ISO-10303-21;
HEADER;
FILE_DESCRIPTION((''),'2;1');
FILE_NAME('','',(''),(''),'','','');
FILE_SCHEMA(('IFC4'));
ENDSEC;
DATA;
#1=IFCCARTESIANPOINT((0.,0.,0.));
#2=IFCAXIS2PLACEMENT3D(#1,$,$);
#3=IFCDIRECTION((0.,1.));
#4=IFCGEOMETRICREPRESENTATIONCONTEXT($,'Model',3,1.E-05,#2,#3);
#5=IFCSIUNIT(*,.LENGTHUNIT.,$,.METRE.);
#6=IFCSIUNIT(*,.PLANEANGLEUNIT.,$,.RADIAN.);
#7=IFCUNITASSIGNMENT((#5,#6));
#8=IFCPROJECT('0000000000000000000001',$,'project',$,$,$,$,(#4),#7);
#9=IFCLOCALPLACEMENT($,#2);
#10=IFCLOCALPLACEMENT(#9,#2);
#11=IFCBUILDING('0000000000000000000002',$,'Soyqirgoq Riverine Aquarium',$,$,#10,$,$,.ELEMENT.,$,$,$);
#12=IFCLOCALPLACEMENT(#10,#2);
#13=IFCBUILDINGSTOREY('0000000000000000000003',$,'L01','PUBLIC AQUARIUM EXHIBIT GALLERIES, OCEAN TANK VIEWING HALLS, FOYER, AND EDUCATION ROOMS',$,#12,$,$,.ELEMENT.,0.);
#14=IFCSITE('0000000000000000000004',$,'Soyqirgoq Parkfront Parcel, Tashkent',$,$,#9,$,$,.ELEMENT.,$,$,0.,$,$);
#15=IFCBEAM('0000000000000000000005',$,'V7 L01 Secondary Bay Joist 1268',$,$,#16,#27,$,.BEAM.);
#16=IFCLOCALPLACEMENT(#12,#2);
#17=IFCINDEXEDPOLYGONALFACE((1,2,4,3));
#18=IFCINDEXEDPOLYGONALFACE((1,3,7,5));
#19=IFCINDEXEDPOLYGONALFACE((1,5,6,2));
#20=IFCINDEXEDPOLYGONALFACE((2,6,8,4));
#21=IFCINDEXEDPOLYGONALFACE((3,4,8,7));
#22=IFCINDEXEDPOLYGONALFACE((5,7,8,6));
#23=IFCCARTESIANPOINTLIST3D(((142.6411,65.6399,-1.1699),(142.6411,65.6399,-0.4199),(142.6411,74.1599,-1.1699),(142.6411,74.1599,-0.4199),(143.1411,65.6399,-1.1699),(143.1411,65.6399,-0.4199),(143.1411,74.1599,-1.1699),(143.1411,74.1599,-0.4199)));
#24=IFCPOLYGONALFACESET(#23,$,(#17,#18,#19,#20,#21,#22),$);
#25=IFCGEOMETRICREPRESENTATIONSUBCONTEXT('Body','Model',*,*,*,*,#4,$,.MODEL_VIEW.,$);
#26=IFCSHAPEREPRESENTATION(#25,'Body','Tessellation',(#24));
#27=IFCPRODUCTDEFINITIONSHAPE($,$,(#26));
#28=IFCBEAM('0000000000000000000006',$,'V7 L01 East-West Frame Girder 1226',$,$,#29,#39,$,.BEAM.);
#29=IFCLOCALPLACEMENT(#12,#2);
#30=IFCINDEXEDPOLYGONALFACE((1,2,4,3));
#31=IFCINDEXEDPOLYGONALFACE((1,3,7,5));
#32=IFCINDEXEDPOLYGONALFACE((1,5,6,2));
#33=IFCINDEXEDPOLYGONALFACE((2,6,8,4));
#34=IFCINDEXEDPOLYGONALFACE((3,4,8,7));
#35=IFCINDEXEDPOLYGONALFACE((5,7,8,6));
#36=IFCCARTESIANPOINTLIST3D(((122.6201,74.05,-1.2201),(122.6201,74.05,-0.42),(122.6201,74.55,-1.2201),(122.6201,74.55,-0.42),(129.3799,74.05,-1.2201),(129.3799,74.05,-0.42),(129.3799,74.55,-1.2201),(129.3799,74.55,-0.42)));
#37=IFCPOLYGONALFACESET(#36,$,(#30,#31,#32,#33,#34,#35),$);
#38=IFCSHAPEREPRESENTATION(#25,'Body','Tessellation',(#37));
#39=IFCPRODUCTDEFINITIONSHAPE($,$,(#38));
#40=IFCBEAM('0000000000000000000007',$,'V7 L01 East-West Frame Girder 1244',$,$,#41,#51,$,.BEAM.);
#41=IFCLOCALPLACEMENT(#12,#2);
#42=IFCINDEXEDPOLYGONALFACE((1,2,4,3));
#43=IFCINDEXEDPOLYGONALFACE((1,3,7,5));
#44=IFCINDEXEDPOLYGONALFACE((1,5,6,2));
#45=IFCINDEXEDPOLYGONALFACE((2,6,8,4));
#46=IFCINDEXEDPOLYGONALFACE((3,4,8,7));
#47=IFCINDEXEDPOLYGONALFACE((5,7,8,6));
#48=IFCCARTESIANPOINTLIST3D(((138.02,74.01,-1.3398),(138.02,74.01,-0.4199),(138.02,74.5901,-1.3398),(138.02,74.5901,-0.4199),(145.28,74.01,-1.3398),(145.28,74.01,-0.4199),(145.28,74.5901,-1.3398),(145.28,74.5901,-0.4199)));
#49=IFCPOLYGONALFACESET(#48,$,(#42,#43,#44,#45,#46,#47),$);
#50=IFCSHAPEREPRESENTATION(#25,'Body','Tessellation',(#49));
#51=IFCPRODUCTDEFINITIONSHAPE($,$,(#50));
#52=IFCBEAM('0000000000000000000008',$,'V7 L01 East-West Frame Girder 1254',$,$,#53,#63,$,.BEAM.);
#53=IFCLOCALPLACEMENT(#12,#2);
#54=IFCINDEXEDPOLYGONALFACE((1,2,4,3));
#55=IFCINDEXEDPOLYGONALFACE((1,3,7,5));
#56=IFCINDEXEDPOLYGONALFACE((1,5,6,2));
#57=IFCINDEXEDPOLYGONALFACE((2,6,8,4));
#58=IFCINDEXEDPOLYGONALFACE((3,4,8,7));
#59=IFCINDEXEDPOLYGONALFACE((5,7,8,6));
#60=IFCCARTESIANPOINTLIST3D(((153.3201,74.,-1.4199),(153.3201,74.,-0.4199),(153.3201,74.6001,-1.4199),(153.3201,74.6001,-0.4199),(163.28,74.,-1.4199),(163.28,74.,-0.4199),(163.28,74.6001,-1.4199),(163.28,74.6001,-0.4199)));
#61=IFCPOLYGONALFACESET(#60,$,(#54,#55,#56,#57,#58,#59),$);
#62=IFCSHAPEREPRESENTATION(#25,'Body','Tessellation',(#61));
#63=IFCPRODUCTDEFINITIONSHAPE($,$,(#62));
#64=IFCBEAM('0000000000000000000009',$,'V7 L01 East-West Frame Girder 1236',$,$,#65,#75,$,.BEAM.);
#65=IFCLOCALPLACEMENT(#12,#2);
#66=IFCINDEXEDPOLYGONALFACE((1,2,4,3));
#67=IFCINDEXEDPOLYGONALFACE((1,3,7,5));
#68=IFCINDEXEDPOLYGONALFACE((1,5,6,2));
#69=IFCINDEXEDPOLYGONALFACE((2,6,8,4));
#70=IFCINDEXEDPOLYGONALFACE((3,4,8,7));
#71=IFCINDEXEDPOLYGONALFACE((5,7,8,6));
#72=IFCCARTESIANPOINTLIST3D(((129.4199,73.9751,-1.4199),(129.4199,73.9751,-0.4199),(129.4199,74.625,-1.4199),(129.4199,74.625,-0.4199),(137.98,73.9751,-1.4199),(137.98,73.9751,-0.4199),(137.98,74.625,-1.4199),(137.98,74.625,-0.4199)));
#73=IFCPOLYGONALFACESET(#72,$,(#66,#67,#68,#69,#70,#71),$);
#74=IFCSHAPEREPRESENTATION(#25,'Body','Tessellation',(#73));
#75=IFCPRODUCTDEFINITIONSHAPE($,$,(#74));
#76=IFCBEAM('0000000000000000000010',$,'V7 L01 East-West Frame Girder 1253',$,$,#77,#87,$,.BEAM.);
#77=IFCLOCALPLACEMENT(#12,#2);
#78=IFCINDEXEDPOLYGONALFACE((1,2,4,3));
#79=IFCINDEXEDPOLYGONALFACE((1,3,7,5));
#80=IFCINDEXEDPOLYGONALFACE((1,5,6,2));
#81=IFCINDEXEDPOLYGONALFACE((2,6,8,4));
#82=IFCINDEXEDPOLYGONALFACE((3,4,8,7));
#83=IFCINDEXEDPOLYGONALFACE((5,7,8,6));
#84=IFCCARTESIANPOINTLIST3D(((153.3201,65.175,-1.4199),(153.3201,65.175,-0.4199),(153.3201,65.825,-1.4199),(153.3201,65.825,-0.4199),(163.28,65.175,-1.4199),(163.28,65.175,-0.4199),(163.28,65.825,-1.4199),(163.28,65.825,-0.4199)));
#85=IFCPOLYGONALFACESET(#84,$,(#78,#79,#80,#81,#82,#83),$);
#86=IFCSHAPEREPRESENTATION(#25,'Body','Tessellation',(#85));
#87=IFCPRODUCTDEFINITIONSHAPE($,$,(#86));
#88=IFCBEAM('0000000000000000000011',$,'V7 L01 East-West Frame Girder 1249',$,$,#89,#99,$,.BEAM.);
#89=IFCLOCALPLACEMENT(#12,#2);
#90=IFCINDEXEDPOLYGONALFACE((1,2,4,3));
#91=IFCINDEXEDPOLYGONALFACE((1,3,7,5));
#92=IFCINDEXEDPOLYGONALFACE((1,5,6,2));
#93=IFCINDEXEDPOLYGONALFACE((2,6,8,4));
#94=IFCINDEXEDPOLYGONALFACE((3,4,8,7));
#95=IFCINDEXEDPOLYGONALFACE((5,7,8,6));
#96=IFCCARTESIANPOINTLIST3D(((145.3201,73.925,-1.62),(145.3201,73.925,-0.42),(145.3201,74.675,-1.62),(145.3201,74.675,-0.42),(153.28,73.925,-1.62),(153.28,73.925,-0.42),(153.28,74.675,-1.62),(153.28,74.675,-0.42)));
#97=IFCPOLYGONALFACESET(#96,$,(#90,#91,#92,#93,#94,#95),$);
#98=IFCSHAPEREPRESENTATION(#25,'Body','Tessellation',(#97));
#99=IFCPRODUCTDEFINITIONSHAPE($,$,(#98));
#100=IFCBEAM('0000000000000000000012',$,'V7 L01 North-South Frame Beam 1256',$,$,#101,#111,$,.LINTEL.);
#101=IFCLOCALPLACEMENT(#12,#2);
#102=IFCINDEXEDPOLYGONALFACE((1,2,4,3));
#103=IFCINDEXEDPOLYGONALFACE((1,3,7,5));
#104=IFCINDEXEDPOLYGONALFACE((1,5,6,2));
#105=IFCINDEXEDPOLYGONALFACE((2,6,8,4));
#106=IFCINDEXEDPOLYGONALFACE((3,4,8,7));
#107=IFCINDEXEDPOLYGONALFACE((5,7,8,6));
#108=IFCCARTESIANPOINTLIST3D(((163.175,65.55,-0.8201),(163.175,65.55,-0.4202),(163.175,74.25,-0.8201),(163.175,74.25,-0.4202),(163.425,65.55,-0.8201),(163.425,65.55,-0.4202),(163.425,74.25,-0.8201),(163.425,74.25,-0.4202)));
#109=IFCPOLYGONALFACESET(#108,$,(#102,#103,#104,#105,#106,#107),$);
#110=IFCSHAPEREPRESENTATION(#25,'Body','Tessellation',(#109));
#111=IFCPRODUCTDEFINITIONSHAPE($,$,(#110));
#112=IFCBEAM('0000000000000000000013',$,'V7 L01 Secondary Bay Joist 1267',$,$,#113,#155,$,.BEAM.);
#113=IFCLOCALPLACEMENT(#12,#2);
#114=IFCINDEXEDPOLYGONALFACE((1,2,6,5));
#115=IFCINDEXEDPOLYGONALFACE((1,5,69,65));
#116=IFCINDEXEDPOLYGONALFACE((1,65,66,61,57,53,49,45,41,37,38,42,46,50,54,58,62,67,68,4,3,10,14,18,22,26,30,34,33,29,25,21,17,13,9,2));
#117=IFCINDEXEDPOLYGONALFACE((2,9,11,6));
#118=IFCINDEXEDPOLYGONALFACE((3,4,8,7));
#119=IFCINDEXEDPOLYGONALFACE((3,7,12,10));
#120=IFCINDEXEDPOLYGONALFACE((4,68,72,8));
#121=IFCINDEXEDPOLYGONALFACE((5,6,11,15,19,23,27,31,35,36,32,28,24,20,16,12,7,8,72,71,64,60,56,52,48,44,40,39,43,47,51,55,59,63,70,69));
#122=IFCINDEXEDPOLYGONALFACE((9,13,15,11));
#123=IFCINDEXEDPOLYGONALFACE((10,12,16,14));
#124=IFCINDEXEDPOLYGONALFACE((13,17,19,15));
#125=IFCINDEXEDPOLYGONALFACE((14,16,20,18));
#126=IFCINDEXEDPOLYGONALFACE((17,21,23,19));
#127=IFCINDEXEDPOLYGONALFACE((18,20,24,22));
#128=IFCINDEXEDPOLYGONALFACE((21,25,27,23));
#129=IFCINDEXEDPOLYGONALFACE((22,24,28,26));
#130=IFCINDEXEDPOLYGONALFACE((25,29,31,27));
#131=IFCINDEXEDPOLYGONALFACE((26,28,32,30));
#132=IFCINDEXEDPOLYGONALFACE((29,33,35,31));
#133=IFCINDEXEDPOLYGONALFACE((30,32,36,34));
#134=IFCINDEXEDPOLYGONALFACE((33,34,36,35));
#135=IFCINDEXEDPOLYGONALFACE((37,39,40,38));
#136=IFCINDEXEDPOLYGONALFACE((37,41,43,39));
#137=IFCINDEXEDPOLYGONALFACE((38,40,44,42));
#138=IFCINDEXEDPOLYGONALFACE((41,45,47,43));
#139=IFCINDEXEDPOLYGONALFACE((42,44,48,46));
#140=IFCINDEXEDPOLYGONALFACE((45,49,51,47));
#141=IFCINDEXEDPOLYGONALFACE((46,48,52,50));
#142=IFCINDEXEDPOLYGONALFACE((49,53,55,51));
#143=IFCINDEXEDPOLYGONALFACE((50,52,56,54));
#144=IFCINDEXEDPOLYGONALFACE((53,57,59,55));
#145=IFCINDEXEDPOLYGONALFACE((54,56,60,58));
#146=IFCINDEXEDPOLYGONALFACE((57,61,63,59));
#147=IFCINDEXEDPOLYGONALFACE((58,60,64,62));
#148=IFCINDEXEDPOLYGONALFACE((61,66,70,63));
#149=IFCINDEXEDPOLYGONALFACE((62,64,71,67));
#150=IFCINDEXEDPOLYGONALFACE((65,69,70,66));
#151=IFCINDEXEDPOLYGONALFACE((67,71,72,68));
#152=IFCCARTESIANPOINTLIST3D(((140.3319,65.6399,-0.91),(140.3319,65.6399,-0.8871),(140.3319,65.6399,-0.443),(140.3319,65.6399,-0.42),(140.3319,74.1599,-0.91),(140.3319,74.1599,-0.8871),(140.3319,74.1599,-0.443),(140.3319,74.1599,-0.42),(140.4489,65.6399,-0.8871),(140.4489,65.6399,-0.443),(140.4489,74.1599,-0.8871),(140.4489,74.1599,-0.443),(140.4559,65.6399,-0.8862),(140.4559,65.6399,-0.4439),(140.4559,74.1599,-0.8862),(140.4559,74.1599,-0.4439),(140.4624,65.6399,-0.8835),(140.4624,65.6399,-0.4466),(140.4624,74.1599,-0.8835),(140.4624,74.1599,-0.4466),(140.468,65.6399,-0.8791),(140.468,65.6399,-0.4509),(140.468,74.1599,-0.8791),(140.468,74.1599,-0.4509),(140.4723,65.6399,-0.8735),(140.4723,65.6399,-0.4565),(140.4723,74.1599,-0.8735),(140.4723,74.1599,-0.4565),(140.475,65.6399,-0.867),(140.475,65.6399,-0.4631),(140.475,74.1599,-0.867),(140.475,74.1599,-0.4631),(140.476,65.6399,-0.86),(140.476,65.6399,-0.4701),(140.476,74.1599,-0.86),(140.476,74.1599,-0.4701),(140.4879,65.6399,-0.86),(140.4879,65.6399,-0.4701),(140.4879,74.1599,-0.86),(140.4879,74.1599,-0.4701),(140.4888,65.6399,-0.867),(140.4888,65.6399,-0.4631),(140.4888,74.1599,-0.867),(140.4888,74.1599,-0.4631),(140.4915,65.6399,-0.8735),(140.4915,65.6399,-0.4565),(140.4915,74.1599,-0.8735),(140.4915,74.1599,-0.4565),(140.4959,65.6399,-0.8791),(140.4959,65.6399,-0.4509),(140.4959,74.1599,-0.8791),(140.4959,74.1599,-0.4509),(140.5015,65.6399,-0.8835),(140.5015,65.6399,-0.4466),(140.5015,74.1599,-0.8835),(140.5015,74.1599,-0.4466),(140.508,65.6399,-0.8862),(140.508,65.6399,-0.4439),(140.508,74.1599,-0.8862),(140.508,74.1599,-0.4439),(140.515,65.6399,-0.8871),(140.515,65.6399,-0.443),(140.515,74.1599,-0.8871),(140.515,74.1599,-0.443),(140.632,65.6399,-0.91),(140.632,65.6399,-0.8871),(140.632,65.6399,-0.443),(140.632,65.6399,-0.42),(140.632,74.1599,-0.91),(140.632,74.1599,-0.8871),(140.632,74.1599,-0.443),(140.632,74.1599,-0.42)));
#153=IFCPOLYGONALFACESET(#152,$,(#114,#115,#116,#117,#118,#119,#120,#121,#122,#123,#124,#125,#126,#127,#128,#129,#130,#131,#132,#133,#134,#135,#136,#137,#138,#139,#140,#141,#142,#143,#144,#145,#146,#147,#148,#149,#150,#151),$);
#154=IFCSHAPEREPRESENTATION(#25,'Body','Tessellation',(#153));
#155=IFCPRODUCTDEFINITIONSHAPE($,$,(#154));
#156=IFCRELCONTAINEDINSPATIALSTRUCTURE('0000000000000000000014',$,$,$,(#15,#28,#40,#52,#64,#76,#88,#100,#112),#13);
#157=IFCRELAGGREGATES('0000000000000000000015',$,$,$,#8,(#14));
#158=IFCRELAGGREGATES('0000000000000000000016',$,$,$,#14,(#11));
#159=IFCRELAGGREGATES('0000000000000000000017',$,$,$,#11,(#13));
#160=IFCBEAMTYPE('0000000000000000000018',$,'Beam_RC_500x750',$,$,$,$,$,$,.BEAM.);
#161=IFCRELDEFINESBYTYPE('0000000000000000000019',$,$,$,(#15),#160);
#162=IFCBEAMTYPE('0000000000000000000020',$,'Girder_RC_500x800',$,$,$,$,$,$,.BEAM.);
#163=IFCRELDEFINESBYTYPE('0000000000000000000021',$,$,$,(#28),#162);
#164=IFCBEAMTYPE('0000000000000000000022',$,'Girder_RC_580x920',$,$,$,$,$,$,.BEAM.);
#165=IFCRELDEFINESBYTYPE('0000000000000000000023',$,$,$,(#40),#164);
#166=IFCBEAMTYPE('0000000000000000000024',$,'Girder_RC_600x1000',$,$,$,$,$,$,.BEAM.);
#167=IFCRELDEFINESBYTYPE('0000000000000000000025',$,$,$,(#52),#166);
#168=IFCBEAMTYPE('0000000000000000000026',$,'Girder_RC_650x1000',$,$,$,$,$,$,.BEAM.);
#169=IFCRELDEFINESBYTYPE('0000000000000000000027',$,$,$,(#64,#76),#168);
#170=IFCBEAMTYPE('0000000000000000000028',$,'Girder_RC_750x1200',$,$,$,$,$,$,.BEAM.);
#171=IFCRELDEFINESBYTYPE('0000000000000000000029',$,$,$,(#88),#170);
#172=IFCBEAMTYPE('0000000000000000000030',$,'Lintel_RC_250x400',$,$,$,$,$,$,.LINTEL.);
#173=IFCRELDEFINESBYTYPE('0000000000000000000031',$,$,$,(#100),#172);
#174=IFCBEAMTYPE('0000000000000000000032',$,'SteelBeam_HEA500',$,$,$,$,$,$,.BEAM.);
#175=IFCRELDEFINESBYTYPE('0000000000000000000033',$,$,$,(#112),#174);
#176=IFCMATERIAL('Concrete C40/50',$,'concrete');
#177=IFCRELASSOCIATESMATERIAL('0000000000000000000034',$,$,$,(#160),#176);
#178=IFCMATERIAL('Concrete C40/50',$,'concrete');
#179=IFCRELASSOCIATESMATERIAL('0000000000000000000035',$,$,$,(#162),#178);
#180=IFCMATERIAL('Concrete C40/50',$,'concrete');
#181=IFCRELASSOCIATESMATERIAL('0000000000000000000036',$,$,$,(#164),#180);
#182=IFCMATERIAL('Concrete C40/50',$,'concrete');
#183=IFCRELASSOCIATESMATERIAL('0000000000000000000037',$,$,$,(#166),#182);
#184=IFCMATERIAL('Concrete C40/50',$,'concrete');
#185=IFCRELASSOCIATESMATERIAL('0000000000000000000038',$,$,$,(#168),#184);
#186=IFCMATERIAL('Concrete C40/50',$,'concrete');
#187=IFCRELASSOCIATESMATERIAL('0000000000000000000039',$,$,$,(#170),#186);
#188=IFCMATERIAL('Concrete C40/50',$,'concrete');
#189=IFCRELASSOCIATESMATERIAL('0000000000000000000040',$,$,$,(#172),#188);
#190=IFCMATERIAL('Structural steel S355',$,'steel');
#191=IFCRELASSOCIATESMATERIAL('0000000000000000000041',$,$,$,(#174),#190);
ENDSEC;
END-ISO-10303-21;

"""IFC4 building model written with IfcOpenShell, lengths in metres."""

from ifc_helpers import new_model, si_unit, direction, frame, origin, origin_2d, place, context, subcontext, project, spatial, rectangle, i_section, extrude, material, material_profile, profile_set, type_object, element, save


model = new_model("IFC4")

# Units and contexts
model_context = context("Model", 3, precision=1e-05, world=origin(), true_north=direction((0.0, 1.0)))
body_context = subcontext(model_context, "Body", "Model", "MODEL_VIEW")
ifc_project = project(units=[si_unit("LENGTHUNIT", "METRE"), si_unit("PLANEANGLEUNIT", "RADIAN")], contexts=[model_context])

# Site, building, storey
site_placement = place(None, origin())
site = spatial("IfcSite", under=ifc_project, at=site_placement, Name="Soyqirgoq Parkfront Parcel, Tashkent", CompositionType="ELEMENT", RefElevation=0.0)
building_placement = place(site_placement, origin())
building = spatial("IfcBuilding", under=site, at=building_placement, Name="Soyqirgoq Riverine Aquarium", CompositionType="ELEMENT")
storey_placement = place(building_placement, origin())
storey = spatial("IfcBuildingStorey", under=building, at=storey_placement, Name="L01", Description="PUBLIC AQUARIUM EXHIBIT GALLERIES, OCEAN TANK VIEWING HALLS, FOYER, AND EDUCATION ROOMS", CompositionType="ELEMENT", Elevation=0.0)

# Beams
ifc_material_1 = material(Name="Concrete C40/50", Category="concrete")
ifc_material_profile_1 = material_profile(ifc_material_1, rectangle(XDim=0.5, YDim=0.75, at=origin_2d()), Name="RC 500x750")
ifc_profile_set_1 = profile_set([ifc_material_profile_1], Name="Concrete C40/50")
beam_type_1 = type_object("IfcBeamType", Name="Beam_RC_500x750", PredefinedType="BEAM", material=ifc_profile_set_1)
beam_1_placement = place(storey_placement, frame((142.8911, 65.6399, -0.7949), z_axis=(0.0, 1.0, 0.0), x_axis=(-1.0, 0.0, 0.0)))
element("IfcBeam", 1, at=beam_1_placement, inside=storey, type_object=beam_type_1, Name="V7 L01 Secondary Bay Joist 1268", PredefinedType="BEAM", context=body_context, shape_type="SweptSolid", body=[
    extrude(rectangle(XDim=0.5, YDim=0.75, at=origin_2d()), origin(), (0.0, 0.0, 1.0), 8.52),
])
ifc_material_2 = material(Name="Concrete C40/50", Category="concrete")
ifc_material_profile_2 = material_profile(ifc_material_2, rectangle(XDim=0.5, YDim=0.8, at=origin_2d()), Name="RC 500x800")
ifc_profile_set_2 = profile_set([ifc_material_profile_2], Name="Concrete C40/50")
beam_type_2 = type_object("IfcBeamType", Name="Girder_RC_500x800", PredefinedType="BEAM", material=ifc_profile_set_2)
beam_2_placement = place(storey_placement, frame((122.6201, 74.3, -0.8201), z_axis=(1.0, 0.0, 0.0), x_axis=(0.0, 1.0, 0.0)))
element("IfcBeam", 2, at=beam_2_placement, inside=storey, type_object=beam_type_2, Name="V7 L01 East-West Frame Girder 1226", PredefinedType="BEAM", context=body_context, shape_type="SweptSolid", body=[
    extrude(rectangle(XDim=0.5, YDim=0.8, at=origin_2d()), origin(), (0.0, 0.0, 1.0), 6.7598),
])
ifc_material_3 = material(Name="Concrete C40/50", Category="concrete")
ifc_material_profile_3 = material_profile(ifc_material_3, rectangle(XDim=0.5801, YDim=0.9199, at=origin_2d()), Name="RC 580x920")
ifc_profile_set_3 = profile_set([ifc_material_profile_3], Name="Concrete C40/50")
beam_type_3 = type_object("IfcBeamType", Name="Girder_RC_580x920", PredefinedType="BEAM", material=ifc_profile_set_3)
beam_3_placement = place(storey_placement, frame((138.02, 74.3, -0.8799), z_axis=(1.0, 0.0, 0.0), x_axis=(0.0, 1.0, 0.0)))
element("IfcBeam", 3, at=beam_3_placement, inside=storey, type_object=beam_type_3, Name="V7 L01 East-West Frame Girder 1244", PredefinedType="BEAM", context=body_context, shape_type="SweptSolid", body=[
    extrude(rectangle(XDim=0.5801, YDim=0.9199, at=origin_2d()), origin(), (0.0, 0.0, 1.0), 7.26),
])
ifc_material_4 = material(Name="Concrete C40/50", Category="concrete")
ifc_material_profile_4 = material_profile(ifc_material_4, rectangle(XDim=0.6001, YDim=1.0, at=origin_2d()), Name="RC 600x1000")
ifc_profile_set_4 = profile_set([ifc_material_profile_4], Name="Concrete C40/50")
beam_type_4 = type_object("IfcBeamType", Name="Girder_RC_600x1000", PredefinedType="BEAM", material=ifc_profile_set_4)
beam_4_placement = place(storey_placement, frame((153.3201, 74.3, -0.9199), z_axis=(1.0, 0.0, 0.0), x_axis=(0.0, 1.0, 0.0)))
element("IfcBeam", 4, at=beam_4_placement, inside=storey, type_object=beam_type_4, Name="V7 L01 East-West Frame Girder 1254", PredefinedType="BEAM", context=body_context, shape_type="SweptSolid", body=[
    extrude(rectangle(XDim=0.6001, YDim=1.0, at=origin_2d()), origin(), (0.0, 0.0, 1.0), 9.96),
])
ifc_material_5 = material(Name="Concrete C40/50", Category="concrete")
ifc_material_profile_5 = material_profile(ifc_material_5, rectangle(XDim=0.6499, YDim=1.0, at=origin_2d()), Name="RC 650x1000")
ifc_profile_set_5 = profile_set([ifc_material_profile_5], Name="Concrete C40/50")
beam_type_5 = type_object("IfcBeamType", Name="Girder_RC_650x1000", PredefinedType="BEAM", material=ifc_profile_set_5)
beam_5_placement = place(storey_placement, frame((129.4199, 74.3, -0.9199), z_axis=(1.0, 0.0, 0.0), x_axis=(0.0, 1.0, 0.0)))
element("IfcBeam", 5, at=beam_5_placement, inside=storey, type_object=beam_type_5, Name="V7 L01 East-West Frame Girder 1236", PredefinedType="BEAM", context=body_context, shape_type="SweptSolid", body=[
    extrude(rectangle(XDim=0.6499, YDim=1.0, at=origin_2d()), origin(), (0.0, 0.0, 1.0), 8.5601),
])
beam_6_placement = place(storey_placement, frame((153.3201, 65.5, -0.9199), z_axis=(1.0, 0.0, 0.0), x_axis=(0.0, 1.0, 0.0)))
element("IfcBeam", 6, at=beam_6_placement, inside=storey, type_object=beam_type_5, Name="V7 L01 East-West Frame Girder 1253", PredefinedType="BEAM", context=body_context, shape_type="SweptSolid", body=[
    extrude(rectangle(XDim=0.6499, YDim=1.0, at=origin_2d()), origin(), (0.0, 0.0, 1.0), 9.96),
])
ifc_material_6 = material(Name="Concrete C40/50", Category="concrete")
ifc_material_profile_6 = material_profile(ifc_material_6, rectangle(XDim=0.75, YDim=1.2, at=origin_2d()), Name="RC 750x1200")
ifc_profile_set_6 = profile_set([ifc_material_profile_6], Name="Concrete C40/50")
beam_type_6 = type_object("IfcBeamType", Name="Girder_RC_750x1200", PredefinedType="BEAM", material=ifc_profile_set_6)
beam_7_placement = place(storey_placement, frame((145.3201, 74.3, -1.02), z_axis=(1.0, 0.0, 0.0), x_axis=(0.0, 1.0, 0.0)))
element("IfcBeam", 7, at=beam_7_placement, inside=storey, type_object=beam_type_6, Name="V7 L01 East-West Frame Girder 1249", PredefinedType="BEAM", context=body_context, shape_type="SweptSolid", body=[
    extrude(rectangle(XDim=0.75, YDim=1.2, at=origin_2d()), origin(), (0.0, 0.0, 1.0), 7.96),
])
ifc_material_7 = material(Name="Concrete C40/50", Category="concrete")
ifc_material_profile_7 = material_profile(ifc_material_7, rectangle(XDim=0.25, YDim=0.3999, at=origin_2d()), Name="RC 250x400")
ifc_profile_set_7 = profile_set([ifc_material_profile_7], Name="Concrete C40/50")
beam_type_7 = type_object("IfcBeamType", Name="Lintel_RC_250x400", PredefinedType="LINTEL", material=ifc_profile_set_7)
beam_8_placement = place(storey_placement, frame((163.3, 65.55, -0.6201), z_axis=(0.0, 1.0, 0.0), x_axis=(-1.0, 0.0, 0.0)))
element("IfcBeam", 8, at=beam_8_placement, inside=storey, type_object=beam_type_7, Name="V7 L01 North-South Frame Beam 1256", PredefinedType="LINTEL", context=body_context, shape_type="SweptSolid", body=[
    extrude(rectangle(XDim=0.25, YDim=0.3999, at=origin_2d()), origin(), (0.0, 0.0, 1.0), 8.7),
])
ifc_material_8 = material(Name="Structural steel S355", Category="steel")
ifc_material_profile_8 = material_profile(ifc_material_8, i_section(OverallWidth=0.3, OverallDepth=0.49, WebThickness=0.012, FlangeThickness=0.0229, FilletRadius=0.0271, at=origin_2d()), Name="HEA 500")
ifc_profile_set_8 = profile_set([ifc_material_profile_8], Name="Structural steel S355")
beam_type_8 = type_object("IfcBeamType", Name="SteelBeam_HEA500", PredefinedType="BEAM", material=ifc_profile_set_8)
for number, where, z_axis, x_axis, name in (
    (9, (140.4819, 65.6399, -0.665), (0.0, 1.0, 0.0), (-1.0, 0.0, 0.0), "V7 L01 Secondary Bay Joist 1267"),
):
    element("IfcBeam", number, at=place(storey_placement, frame(where, z_axis=z_axis, x_axis=x_axis)), inside=storey, type_object=beam_type_8, Name=name, PredefinedType="BEAM", context=body_context, shape_type="SweptSolid", body=[
        extrude(i_section(OverallWidth=0.3, OverallDepth=0.49, WebThickness=0.012, FlangeThickness=0.0229, FilletRadius=0.0271, at=origin_2d()), origin(), (0.0, 0.0, 1.0), 8.52),
    ])

save(model, "model.ifc")
